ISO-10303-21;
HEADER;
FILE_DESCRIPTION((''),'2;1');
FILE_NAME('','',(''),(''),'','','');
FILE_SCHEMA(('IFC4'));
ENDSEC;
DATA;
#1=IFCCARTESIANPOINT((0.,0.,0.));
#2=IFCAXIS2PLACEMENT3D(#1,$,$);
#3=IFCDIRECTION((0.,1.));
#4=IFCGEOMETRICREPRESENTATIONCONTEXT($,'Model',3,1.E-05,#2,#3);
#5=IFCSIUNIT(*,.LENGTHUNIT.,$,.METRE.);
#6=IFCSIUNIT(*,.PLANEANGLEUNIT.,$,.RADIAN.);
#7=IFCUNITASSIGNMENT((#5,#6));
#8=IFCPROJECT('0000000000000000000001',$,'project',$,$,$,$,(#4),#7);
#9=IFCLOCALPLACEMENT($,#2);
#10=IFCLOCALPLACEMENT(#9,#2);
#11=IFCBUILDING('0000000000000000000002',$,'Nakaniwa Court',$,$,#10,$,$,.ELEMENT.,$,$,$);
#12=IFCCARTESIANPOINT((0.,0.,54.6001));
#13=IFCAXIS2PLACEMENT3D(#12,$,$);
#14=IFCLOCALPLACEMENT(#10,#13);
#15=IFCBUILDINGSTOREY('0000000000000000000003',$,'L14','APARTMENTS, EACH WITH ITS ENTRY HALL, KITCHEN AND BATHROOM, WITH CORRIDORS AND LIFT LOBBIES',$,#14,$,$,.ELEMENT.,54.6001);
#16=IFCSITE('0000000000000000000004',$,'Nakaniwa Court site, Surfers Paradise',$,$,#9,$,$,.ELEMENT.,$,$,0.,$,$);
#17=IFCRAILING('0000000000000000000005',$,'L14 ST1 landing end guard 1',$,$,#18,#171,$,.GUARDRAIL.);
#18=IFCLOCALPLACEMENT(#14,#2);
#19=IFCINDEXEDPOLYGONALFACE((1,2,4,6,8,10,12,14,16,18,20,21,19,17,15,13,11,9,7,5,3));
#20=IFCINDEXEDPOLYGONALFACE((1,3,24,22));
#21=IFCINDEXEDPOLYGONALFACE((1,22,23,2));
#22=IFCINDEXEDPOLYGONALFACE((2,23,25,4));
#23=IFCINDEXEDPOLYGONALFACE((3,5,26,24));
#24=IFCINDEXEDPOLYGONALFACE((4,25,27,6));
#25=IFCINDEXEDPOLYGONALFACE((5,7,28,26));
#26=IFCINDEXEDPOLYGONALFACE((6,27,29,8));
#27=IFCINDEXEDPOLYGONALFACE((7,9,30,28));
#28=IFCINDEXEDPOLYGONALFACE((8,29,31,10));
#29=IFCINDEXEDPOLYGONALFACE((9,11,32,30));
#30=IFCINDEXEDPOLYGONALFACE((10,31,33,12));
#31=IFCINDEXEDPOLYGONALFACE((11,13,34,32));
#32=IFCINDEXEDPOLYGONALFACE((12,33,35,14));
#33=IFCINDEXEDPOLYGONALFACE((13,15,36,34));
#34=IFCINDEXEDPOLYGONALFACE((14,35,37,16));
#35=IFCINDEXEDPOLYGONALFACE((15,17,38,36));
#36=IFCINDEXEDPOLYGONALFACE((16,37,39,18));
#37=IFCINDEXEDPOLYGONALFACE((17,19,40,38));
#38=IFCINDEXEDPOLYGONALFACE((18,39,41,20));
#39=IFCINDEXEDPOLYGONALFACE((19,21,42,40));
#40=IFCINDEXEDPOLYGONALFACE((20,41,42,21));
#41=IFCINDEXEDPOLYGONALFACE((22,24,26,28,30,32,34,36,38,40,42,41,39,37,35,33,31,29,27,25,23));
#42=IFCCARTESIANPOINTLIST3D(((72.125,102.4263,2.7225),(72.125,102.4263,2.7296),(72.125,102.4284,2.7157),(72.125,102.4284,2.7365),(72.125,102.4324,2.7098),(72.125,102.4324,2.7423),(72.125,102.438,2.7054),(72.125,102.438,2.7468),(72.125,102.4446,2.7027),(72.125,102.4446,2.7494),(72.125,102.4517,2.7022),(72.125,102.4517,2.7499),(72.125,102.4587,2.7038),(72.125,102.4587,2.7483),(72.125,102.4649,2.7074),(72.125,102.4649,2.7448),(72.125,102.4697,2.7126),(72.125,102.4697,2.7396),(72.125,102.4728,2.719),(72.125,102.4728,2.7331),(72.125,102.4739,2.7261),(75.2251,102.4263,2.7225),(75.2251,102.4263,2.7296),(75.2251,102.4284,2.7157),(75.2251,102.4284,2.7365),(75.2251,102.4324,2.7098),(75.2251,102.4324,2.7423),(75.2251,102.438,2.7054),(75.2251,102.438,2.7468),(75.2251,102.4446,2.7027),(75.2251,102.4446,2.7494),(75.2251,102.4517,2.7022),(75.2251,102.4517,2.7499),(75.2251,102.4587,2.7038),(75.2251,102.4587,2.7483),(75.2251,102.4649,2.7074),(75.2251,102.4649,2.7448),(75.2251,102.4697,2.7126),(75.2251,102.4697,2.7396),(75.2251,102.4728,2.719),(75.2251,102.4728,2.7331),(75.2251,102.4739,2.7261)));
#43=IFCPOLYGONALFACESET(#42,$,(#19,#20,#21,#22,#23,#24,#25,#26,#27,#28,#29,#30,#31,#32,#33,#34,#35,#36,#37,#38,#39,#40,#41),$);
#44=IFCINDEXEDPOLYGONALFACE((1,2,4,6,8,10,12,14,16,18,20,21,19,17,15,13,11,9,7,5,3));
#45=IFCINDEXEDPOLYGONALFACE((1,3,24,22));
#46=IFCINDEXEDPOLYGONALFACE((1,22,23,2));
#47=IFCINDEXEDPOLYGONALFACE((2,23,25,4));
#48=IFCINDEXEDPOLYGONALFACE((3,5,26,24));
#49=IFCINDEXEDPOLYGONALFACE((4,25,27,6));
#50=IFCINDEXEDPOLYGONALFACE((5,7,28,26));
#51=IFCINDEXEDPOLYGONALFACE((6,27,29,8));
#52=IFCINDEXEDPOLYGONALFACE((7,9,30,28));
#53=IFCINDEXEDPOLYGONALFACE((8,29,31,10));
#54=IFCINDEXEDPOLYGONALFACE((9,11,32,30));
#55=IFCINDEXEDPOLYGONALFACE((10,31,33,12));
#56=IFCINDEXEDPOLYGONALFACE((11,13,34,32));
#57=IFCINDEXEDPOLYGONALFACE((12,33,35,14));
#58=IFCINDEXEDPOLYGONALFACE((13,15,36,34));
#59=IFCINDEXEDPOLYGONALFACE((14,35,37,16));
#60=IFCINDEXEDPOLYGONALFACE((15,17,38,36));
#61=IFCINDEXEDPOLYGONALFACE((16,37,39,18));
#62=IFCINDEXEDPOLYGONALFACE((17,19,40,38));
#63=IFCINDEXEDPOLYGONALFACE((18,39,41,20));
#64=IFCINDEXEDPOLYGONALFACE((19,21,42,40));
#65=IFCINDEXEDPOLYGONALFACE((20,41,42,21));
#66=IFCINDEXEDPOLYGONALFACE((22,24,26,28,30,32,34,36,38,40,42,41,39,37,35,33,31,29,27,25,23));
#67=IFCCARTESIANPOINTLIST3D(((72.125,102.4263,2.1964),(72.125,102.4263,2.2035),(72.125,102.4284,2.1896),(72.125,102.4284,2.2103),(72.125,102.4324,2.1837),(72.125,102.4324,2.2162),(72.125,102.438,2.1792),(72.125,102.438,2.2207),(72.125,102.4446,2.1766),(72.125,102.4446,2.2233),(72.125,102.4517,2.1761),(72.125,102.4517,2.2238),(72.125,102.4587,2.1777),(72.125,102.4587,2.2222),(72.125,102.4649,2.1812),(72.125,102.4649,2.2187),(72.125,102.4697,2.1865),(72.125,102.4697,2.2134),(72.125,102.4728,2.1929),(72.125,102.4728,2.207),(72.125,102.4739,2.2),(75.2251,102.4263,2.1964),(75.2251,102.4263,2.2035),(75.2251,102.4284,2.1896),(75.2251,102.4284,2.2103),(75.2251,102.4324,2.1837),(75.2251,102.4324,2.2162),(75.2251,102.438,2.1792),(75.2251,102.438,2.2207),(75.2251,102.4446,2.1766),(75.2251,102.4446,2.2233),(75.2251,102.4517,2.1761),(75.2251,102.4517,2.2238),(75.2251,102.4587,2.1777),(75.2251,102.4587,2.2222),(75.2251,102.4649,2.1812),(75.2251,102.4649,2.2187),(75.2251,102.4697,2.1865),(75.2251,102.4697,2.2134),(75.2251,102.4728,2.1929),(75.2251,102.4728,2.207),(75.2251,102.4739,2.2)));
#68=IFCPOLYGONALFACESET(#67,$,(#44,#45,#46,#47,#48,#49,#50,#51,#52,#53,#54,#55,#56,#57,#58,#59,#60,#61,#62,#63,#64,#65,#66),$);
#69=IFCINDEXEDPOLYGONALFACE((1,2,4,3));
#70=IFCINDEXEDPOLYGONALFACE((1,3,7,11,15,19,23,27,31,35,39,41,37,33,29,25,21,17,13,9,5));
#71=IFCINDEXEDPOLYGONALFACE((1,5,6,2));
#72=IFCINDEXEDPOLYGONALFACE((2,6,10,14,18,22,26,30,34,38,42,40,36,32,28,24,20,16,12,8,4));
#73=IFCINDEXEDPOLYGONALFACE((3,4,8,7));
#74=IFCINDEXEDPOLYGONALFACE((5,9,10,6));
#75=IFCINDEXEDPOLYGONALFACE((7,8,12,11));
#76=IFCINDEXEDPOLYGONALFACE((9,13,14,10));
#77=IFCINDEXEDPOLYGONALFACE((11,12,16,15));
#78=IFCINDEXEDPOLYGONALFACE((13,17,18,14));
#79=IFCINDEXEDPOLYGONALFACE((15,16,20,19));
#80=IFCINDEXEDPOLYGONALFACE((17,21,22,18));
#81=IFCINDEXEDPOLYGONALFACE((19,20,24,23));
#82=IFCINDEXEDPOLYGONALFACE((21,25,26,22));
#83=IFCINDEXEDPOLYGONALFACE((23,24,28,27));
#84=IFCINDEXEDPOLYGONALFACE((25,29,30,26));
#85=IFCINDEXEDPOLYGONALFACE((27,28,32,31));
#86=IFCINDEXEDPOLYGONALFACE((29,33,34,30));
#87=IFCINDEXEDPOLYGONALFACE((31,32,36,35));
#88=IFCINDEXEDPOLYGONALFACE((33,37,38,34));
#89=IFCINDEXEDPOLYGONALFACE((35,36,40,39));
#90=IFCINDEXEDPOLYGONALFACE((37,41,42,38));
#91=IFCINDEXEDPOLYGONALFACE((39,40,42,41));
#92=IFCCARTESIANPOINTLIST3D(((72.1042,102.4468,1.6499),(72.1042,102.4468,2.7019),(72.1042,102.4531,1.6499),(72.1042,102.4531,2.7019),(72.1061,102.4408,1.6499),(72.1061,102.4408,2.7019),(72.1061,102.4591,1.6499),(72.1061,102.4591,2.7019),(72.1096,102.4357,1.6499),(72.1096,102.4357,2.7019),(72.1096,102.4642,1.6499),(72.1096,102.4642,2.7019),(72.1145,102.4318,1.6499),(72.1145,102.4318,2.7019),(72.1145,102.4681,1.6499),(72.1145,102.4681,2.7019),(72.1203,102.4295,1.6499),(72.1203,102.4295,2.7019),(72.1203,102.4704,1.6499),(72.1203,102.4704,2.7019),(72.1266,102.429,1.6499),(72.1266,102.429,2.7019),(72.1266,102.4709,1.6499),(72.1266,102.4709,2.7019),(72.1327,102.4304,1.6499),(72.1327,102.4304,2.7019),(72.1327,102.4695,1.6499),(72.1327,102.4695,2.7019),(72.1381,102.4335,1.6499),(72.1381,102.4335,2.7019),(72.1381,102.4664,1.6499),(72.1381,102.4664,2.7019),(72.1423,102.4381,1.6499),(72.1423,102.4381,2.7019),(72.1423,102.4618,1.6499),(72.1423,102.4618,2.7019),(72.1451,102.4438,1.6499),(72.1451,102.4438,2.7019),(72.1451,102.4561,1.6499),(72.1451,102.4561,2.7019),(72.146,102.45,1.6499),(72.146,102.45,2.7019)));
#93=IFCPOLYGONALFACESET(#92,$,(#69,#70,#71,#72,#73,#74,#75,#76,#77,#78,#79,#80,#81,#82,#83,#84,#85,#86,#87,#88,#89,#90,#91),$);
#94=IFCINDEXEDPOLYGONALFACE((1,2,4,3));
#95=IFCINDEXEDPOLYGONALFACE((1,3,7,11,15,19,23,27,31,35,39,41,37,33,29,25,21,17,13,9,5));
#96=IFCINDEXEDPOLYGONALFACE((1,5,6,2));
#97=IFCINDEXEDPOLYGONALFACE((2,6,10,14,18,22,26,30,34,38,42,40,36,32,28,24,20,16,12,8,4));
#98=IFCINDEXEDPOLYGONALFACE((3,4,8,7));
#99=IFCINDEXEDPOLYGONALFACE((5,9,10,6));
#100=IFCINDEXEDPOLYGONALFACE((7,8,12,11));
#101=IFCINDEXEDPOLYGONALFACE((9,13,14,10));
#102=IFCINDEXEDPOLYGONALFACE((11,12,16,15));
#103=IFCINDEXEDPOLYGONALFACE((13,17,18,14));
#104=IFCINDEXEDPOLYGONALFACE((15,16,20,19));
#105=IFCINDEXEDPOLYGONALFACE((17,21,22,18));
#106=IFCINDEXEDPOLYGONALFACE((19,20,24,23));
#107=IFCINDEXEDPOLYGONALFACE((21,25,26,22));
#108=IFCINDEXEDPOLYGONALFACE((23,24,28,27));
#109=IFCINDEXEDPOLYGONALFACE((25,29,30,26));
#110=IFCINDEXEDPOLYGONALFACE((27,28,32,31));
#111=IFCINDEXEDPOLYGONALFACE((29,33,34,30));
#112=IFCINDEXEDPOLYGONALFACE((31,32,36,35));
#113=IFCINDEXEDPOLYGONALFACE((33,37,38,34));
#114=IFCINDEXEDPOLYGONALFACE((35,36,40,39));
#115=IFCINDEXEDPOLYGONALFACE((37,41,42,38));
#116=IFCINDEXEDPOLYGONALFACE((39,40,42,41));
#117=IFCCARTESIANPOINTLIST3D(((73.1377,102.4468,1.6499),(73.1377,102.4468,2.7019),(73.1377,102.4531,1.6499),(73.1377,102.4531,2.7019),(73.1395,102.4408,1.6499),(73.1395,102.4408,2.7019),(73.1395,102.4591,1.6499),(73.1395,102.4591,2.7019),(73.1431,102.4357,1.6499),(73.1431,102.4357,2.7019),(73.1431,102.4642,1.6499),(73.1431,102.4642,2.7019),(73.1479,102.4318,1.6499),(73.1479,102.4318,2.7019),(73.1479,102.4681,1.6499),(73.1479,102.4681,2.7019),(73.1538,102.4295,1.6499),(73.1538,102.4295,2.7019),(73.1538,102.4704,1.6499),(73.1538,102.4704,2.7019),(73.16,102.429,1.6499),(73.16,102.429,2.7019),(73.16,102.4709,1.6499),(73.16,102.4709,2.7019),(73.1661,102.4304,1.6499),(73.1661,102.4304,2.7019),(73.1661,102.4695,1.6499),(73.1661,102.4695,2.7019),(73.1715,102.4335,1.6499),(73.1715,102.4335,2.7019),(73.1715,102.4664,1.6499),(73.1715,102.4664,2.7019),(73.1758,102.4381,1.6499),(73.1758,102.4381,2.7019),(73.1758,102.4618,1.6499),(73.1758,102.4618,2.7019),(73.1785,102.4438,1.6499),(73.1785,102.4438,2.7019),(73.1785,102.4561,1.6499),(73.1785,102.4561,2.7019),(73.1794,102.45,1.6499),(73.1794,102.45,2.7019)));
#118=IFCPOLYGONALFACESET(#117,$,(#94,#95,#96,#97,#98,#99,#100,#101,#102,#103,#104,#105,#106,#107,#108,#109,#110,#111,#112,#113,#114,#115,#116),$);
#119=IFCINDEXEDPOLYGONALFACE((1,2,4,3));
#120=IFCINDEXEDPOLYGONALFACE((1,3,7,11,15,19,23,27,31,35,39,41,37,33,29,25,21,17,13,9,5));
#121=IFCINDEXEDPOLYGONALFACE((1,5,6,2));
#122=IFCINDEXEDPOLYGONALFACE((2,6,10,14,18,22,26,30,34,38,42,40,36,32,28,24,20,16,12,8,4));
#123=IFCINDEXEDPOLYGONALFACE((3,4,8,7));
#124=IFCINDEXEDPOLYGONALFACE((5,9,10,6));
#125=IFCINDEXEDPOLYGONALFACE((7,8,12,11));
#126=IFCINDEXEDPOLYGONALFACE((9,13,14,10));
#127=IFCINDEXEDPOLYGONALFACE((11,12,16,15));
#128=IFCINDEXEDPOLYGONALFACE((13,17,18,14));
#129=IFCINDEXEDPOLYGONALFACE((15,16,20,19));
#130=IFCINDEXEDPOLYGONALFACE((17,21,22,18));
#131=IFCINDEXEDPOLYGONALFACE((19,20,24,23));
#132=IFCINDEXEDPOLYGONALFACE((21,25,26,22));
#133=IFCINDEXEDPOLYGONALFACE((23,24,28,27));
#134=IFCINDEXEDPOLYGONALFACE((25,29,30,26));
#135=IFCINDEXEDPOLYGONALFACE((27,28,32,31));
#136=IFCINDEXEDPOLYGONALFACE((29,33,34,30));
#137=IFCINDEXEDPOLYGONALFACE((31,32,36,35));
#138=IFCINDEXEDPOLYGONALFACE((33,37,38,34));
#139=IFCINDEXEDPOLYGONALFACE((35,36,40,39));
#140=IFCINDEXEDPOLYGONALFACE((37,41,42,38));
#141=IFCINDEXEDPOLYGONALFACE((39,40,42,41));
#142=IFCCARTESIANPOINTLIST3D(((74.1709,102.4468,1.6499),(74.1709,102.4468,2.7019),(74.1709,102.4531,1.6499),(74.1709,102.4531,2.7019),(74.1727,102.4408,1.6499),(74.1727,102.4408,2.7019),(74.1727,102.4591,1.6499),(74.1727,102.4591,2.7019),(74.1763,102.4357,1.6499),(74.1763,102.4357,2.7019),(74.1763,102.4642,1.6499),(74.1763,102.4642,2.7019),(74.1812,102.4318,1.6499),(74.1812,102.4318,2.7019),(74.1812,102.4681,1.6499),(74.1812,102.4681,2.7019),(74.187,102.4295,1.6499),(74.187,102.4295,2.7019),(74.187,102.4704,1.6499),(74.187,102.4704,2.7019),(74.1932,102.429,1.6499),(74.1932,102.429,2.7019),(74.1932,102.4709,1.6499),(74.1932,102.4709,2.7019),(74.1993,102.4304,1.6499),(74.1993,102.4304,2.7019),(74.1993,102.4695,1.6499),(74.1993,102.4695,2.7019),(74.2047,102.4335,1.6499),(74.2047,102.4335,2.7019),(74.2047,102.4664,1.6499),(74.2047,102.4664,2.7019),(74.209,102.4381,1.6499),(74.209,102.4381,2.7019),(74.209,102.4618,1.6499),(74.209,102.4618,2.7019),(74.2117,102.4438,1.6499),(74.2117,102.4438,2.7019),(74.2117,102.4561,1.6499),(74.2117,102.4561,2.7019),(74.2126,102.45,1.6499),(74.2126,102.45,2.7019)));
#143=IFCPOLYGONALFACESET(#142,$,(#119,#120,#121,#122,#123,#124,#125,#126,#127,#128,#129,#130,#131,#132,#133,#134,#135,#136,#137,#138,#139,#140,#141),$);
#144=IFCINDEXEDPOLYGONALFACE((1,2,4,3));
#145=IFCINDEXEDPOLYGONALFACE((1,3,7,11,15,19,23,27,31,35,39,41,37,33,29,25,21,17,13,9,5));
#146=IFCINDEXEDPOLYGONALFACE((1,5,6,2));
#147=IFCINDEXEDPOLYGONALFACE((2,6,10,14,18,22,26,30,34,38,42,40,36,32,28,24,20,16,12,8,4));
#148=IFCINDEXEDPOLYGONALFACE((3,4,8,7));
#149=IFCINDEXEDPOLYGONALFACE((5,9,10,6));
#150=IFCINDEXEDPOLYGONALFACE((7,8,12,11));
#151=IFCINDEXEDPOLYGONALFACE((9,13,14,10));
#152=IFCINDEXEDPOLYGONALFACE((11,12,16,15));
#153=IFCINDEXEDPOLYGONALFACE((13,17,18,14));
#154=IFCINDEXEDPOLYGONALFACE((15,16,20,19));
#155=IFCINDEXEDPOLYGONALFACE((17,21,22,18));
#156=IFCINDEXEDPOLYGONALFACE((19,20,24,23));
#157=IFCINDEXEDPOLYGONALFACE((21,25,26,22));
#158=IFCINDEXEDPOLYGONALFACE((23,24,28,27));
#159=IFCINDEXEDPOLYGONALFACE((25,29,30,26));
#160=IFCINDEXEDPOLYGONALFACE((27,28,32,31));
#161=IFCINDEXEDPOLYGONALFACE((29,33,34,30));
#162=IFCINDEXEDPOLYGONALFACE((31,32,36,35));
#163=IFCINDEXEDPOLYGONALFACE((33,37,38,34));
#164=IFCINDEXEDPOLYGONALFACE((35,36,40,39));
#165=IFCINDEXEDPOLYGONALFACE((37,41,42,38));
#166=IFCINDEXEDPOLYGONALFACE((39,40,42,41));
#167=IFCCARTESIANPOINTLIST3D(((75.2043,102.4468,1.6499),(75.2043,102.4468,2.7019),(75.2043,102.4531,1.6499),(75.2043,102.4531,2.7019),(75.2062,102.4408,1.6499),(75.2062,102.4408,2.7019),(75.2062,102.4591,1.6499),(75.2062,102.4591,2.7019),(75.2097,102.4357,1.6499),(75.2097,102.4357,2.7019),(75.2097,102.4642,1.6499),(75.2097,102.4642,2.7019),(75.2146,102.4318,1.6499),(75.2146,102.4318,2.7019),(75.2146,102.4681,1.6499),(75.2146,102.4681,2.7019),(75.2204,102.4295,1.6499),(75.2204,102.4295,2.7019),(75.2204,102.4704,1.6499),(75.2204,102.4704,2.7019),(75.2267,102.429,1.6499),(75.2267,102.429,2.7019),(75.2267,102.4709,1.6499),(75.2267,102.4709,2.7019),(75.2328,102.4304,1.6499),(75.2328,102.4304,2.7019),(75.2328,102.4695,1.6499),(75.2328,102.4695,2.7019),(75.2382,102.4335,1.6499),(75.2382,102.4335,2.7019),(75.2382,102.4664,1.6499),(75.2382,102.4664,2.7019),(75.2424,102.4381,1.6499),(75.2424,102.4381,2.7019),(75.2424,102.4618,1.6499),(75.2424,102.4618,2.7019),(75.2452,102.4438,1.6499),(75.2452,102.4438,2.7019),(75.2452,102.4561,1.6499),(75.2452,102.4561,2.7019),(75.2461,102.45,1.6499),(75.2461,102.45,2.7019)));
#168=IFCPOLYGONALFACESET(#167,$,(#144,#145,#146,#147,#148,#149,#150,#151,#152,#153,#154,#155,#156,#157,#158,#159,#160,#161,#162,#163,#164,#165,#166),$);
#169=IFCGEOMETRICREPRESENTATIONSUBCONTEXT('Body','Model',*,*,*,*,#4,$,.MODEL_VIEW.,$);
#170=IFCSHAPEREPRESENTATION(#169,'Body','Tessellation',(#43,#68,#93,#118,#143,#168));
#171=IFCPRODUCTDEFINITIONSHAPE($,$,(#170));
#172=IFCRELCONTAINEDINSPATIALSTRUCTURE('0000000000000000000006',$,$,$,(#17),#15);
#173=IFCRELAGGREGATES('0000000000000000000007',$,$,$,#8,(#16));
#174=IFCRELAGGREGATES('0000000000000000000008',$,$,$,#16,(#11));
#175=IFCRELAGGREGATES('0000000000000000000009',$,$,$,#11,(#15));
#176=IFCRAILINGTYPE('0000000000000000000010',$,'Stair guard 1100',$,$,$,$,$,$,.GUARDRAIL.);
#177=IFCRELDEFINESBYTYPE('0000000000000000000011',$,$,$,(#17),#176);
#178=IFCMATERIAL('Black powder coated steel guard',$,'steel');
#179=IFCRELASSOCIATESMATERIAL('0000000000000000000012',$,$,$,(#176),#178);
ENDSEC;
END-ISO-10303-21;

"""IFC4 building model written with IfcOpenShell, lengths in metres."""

from ifc_helpers import new_model, si_unit, direction, frame, origin, origin_2d, place, context, subcontext, project, spatial, circle, extrude, material, type_object, element, save


model = new_model("IFC4")

# Units and contexts
model_context = context("Model", 3, precision=1e-05, world=origin(), true_north=direction((0.0, 1.0)))
body_context = subcontext(model_context, "Body", "Model", "MODEL_VIEW")
ifc_project = project(units=[si_unit("LENGTHUNIT", "METRE"), si_unit("PLANEANGLEUNIT", "RADIAN")], contexts=[model_context])

# Site, building, storey
site_placement = place(None, origin())
site = spatial("IfcSite", under=ifc_project, at=site_placement, Name="Nakaniwa Court site, Surfers Paradise", CompositionType="ELEMENT", RefElevation=0.0)
building_placement = place(site_placement, origin())
building = spatial("IfcBuilding", under=site, at=building_placement, Name="Nakaniwa Court", CompositionType="ELEMENT")
storey_placement = place(building_placement, frame((0.0, 0.0, 54.6001)))
storey = spatial("IfcBuildingStorey", under=building, at=storey_placement, Name="L14", Description="APARTMENTS, EACH WITH ITS ENTRY HALL, KITCHEN AND BATHROOM, WITH CORRIDORS AND LIFT LOBBIES", CompositionType="ELEMENT", Elevation=54.6001)

# Railing
ifc_material_1 = material(Name="Black powder coated steel guard", Category="steel")
railing_type_1 = type_object("IfcRailingType", Name="Stair guard 1100", PredefinedType="GUARDRAIL", material=ifc_material_1)
railing_1_placement = place(storey_placement, frame((72.125, 102.45, 1.6499)))
element("IfcRailing", 1, at=railing_1_placement, inside=storey, type_object=railing_type_1, Name="L14 ST1 landing end guard 1", PredefinedType="GUARDRAIL", context=body_context, shape_type="SweptSolid", body=[
    extrude(circle(Radius=0.0239, at=origin_2d()), frame((0.0, 0.0, 1.0762), z_axis=(1.0, 0.0, 0.0), x_axis=(0.0, 1.0, 0.0)), (0.0, 0.0, 1.0), 3.1001),
    extrude(circle(Radius=0.0239, at=origin_2d()), frame((0.0, 0.0, 0.55), z_axis=(1.0, 0.0, 0.0), x_axis=(0.0, 1.0, 0.0)), (0.0, 0.0, 1.0), 3.1001),
    extrude(circle(Radius=0.021, at=origin_2d()), origin(), (0.0, 0.0, 1.0), 1.052),
    extrude(circle(Radius=0.021, at=origin_2d()), frame((1.0334, 0.0, 0.0)), (0.0, 0.0, 1.0), 1.052),
    extrude(circle(Radius=0.021, at=origin_2d()), frame((2.0667, 0.0, 0.0)), (0.0, 0.0, 1.0), 1.052),
    extrude(circle(Radius=0.021, at=origin_2d()), frame((3.1001, 0.0, 0.0)), (0.0, 0.0, 1.0), 1.052),
])

save(model, "model.ifc")
